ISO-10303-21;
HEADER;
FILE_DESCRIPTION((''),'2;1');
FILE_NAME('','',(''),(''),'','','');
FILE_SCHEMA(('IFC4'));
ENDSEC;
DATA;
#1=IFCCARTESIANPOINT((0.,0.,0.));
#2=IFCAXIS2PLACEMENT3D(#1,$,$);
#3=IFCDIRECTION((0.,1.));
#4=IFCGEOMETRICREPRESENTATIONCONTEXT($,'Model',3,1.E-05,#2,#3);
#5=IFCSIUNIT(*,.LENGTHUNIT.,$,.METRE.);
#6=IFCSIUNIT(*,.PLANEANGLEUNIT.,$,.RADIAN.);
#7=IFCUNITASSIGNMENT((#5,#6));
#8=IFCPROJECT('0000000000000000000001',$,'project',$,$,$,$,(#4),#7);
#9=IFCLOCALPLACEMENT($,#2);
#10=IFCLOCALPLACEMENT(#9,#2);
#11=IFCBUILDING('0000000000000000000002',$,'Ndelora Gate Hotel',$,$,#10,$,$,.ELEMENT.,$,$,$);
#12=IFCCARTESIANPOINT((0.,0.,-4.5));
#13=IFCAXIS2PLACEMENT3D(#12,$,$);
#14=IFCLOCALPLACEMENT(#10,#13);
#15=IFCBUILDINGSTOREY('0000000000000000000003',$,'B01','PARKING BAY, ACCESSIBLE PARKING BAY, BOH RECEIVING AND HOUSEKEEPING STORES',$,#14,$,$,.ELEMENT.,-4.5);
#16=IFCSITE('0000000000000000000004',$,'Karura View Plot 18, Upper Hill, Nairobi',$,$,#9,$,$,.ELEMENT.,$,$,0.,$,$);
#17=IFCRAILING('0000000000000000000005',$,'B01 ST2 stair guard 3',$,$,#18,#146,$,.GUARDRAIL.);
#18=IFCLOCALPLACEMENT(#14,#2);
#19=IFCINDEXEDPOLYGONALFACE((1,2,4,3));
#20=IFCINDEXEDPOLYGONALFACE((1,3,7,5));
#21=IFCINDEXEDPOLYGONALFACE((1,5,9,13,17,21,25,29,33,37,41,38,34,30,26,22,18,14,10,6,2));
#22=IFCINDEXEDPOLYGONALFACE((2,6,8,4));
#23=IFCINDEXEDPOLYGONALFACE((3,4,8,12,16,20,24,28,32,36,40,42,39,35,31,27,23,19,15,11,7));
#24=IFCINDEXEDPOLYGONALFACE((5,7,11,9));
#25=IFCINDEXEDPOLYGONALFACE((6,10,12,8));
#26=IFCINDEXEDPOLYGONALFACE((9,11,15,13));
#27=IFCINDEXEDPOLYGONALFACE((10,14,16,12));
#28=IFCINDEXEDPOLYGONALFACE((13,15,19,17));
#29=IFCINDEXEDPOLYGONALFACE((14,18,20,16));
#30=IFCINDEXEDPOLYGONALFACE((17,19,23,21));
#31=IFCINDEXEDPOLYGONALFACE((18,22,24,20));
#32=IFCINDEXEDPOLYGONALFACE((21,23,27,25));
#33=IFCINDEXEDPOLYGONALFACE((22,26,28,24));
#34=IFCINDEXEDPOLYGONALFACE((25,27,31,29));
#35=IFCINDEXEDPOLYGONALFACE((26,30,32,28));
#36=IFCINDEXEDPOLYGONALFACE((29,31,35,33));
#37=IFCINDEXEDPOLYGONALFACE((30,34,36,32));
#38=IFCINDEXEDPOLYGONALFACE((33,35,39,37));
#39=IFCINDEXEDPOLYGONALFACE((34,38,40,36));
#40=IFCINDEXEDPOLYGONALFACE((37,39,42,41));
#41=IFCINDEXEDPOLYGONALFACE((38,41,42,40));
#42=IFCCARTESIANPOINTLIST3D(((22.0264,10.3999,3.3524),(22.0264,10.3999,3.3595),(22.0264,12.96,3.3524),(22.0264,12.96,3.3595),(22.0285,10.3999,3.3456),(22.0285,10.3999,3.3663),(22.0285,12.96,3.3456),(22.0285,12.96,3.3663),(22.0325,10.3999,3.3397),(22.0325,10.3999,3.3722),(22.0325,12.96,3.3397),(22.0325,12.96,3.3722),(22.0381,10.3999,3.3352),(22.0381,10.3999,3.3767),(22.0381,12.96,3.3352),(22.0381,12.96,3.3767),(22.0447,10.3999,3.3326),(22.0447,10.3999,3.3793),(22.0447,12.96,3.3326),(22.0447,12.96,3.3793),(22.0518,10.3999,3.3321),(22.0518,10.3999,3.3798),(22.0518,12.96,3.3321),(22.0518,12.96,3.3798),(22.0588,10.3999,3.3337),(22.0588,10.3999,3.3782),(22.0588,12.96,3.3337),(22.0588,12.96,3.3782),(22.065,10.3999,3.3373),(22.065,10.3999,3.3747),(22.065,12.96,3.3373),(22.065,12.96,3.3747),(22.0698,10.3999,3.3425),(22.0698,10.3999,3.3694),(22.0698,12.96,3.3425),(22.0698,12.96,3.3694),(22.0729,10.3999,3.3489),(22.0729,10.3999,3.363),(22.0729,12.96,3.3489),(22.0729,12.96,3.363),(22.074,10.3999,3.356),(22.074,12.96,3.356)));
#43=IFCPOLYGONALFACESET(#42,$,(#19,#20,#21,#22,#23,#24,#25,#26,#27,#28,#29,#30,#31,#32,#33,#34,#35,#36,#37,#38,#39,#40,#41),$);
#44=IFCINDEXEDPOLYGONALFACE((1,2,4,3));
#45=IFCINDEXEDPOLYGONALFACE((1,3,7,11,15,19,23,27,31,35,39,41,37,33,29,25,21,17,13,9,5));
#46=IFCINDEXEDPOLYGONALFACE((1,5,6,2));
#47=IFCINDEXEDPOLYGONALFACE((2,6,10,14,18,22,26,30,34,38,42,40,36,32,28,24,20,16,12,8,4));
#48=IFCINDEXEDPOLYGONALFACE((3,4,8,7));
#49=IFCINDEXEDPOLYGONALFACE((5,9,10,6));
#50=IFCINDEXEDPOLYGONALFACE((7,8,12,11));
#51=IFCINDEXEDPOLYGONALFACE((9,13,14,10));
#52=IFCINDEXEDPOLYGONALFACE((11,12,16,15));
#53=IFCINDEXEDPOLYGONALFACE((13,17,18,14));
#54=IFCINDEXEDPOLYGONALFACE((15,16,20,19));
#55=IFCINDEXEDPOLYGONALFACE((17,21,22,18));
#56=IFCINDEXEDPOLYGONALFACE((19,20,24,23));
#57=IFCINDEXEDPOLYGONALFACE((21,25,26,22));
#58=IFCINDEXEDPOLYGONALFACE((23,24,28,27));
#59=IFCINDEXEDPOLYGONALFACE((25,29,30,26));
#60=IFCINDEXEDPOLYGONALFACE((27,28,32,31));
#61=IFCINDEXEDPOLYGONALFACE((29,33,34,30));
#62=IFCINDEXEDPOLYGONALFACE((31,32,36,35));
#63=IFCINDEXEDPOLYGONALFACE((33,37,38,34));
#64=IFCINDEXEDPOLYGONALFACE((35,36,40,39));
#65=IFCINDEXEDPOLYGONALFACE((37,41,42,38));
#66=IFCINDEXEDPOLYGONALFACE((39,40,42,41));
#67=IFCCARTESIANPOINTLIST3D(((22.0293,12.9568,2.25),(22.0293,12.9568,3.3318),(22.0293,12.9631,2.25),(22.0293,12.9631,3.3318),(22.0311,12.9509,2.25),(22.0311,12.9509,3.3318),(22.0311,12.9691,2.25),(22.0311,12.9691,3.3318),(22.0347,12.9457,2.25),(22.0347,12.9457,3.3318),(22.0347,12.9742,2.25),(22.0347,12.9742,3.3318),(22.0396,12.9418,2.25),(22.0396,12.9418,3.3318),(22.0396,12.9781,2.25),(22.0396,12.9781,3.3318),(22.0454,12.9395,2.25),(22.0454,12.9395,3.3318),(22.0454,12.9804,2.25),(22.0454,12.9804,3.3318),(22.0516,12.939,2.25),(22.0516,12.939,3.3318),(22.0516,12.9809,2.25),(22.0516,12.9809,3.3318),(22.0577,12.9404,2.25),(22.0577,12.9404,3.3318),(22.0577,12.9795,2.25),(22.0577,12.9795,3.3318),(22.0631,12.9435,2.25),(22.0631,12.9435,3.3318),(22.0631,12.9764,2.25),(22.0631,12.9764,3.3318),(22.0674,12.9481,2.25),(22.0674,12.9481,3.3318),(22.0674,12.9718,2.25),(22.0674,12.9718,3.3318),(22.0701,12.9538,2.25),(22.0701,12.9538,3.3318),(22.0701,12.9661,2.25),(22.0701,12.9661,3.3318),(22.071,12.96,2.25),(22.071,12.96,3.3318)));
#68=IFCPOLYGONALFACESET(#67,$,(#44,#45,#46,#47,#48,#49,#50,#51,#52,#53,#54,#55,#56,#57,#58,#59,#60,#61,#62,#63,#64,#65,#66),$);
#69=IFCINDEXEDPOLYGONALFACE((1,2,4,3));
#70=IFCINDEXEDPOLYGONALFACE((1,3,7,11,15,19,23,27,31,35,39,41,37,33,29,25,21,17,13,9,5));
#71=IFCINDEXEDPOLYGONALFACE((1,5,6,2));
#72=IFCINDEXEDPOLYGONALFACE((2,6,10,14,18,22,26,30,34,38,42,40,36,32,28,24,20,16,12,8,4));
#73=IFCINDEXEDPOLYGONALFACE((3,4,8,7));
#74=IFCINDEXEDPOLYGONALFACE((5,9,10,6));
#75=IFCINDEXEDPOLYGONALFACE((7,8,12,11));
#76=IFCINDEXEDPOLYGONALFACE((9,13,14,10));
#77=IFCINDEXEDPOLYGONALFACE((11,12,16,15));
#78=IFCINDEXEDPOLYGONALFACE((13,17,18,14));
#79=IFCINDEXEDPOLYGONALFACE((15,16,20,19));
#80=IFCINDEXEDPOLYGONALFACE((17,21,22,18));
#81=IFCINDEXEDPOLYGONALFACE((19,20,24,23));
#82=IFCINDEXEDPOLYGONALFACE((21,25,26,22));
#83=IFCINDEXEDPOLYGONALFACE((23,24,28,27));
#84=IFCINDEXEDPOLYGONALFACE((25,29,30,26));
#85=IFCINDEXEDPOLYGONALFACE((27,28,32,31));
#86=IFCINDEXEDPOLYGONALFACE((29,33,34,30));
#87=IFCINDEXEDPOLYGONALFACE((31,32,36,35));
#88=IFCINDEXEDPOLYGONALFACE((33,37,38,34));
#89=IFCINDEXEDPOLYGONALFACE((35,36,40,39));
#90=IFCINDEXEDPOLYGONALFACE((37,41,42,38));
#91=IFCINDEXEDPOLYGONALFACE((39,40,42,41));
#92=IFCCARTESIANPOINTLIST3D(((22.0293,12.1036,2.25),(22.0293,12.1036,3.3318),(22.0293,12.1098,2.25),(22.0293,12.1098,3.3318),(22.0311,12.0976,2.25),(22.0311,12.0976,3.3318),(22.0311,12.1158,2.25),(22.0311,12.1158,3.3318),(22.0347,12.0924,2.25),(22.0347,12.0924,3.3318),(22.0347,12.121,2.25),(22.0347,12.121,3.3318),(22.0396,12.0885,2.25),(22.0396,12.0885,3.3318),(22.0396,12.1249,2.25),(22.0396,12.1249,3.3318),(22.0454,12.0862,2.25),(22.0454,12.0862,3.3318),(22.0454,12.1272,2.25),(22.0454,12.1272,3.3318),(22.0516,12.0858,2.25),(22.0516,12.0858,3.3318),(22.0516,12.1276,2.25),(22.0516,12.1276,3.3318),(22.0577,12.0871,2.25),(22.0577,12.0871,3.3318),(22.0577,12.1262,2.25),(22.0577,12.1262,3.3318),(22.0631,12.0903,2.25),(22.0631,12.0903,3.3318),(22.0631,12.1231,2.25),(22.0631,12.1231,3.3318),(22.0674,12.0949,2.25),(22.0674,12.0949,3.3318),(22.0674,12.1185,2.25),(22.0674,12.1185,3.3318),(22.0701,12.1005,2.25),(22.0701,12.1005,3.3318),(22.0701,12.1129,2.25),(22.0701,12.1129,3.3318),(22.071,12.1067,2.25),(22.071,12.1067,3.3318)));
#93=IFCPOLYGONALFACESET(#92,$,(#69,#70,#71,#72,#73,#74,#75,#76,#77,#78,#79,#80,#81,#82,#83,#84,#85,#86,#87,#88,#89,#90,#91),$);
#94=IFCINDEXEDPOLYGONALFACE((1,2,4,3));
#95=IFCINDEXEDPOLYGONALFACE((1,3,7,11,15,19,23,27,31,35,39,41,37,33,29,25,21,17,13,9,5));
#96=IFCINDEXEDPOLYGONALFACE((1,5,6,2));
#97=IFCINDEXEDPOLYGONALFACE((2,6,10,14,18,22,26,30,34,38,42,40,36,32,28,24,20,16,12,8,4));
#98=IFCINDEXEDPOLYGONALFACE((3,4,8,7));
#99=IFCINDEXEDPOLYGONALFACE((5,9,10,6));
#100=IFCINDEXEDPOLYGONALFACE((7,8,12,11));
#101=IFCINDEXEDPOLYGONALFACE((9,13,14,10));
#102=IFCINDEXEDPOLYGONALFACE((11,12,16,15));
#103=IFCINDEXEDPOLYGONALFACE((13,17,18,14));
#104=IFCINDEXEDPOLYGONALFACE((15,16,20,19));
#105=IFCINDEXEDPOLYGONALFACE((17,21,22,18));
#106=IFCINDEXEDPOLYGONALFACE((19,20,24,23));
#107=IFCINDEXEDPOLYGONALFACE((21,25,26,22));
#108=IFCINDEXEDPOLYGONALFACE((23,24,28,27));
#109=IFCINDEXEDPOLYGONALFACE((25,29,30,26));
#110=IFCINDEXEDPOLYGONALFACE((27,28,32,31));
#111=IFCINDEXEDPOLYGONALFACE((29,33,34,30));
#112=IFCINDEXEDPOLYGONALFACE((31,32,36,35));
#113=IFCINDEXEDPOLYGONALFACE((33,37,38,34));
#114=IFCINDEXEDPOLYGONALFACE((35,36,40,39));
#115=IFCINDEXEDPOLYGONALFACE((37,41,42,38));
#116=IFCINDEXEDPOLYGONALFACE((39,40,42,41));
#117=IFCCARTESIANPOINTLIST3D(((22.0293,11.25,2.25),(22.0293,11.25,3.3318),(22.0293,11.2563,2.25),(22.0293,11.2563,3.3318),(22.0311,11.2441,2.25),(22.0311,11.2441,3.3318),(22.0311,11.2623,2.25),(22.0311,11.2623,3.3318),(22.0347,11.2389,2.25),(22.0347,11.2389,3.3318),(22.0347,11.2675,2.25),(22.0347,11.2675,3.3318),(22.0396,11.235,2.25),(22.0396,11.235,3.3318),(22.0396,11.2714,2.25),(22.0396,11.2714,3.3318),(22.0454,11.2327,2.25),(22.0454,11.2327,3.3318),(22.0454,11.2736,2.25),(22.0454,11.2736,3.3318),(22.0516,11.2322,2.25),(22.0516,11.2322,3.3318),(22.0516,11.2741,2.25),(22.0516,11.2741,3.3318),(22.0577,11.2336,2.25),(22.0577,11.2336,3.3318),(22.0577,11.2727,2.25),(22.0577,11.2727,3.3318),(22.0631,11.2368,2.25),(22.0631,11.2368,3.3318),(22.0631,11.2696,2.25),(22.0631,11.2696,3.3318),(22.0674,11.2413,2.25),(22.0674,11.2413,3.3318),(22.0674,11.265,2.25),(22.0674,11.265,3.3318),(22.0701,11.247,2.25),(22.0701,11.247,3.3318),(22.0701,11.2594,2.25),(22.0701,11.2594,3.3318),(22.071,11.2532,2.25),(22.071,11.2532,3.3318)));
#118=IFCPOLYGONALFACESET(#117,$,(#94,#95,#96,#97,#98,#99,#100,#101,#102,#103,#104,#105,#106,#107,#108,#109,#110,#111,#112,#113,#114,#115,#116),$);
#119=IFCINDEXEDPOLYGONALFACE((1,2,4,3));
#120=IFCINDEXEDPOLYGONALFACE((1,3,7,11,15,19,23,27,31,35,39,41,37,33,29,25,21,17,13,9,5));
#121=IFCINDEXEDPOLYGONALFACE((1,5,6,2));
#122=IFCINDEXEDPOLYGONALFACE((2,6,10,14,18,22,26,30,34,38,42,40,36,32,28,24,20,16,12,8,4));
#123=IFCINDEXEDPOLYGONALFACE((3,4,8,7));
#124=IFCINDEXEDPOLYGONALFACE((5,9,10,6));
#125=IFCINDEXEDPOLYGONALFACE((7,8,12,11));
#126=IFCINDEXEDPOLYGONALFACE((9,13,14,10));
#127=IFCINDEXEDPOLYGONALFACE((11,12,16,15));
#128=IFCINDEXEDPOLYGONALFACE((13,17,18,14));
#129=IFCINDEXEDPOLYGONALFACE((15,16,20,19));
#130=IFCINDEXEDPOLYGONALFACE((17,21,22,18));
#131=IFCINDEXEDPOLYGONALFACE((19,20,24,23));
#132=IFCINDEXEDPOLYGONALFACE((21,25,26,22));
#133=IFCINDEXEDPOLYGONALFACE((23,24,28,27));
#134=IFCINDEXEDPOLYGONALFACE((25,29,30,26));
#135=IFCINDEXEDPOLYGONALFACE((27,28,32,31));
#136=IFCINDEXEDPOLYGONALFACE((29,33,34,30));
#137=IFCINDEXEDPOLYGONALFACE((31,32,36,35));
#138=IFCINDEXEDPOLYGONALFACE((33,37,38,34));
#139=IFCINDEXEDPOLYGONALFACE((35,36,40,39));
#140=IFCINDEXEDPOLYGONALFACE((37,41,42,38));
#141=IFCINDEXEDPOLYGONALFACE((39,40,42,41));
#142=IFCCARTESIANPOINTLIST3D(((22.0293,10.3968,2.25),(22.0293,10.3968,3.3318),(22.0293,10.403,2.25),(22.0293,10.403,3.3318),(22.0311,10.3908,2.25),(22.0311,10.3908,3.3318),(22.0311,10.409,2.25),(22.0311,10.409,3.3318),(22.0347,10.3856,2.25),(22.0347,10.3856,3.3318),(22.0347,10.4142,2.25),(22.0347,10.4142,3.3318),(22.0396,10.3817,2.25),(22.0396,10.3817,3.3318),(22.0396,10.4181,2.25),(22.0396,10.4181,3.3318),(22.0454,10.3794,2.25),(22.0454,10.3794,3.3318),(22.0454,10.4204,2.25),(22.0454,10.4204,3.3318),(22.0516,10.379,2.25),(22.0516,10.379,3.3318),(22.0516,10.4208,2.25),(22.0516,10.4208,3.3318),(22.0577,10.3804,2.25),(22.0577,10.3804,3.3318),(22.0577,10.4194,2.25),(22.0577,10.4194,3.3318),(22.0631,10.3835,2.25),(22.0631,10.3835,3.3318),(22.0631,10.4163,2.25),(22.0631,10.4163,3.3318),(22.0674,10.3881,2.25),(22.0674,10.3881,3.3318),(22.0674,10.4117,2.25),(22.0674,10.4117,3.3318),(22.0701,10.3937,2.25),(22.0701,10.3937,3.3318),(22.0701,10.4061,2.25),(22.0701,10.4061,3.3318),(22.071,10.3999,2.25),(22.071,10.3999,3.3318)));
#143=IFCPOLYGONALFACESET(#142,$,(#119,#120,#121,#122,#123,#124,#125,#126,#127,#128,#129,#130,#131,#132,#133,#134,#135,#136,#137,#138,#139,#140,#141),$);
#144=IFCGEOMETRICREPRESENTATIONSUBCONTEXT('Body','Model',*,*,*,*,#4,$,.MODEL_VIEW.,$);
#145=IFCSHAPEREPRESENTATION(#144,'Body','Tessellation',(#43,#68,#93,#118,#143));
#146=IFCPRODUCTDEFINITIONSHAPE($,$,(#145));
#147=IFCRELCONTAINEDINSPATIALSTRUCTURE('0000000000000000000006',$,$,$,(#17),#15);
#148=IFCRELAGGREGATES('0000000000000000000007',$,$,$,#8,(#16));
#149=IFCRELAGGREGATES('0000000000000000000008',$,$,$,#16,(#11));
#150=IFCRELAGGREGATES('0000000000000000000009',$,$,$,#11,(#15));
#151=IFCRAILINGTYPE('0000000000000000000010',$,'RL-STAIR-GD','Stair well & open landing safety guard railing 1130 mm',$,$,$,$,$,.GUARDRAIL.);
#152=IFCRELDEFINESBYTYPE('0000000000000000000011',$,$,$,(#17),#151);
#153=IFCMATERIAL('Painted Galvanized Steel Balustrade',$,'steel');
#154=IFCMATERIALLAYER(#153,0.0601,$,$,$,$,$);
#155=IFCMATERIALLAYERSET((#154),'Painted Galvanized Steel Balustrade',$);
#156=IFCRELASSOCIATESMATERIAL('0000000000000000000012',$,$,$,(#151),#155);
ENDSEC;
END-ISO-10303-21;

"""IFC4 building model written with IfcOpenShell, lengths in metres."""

from ifc_helpers import new_model, si_unit, direction, frame, origin, origin_2d, place, context, subcontext, project, spatial, circle, extrude, material, layer, layer_set, type_object, element, save


model = new_model("IFC4")

# Units and contexts
model_context = context("Model", 3, precision=1e-05, world=origin(), true_north=direction((0.0, 1.0)))
body_context = subcontext(model_context, "Body", "Model", "MODEL_VIEW")
ifc_project = project(units=[si_unit("LENGTHUNIT", "METRE"), si_unit("PLANEANGLEUNIT", "RADIAN")], contexts=[model_context])

# Site, building, storey
site_placement = place(None, origin())
site = spatial("IfcSite", under=ifc_project, at=site_placement, Name="Karura View Plot 18, Upper Hill, Nairobi", CompositionType="ELEMENT", RefElevation=0.0)
building_placement = place(site_placement, origin())
building = spatial("IfcBuilding", under=site, at=building_placement, Name="Ndelora Gate Hotel", CompositionType="ELEMENT")
storey_placement = place(building_placement, frame((0.0, 0.0, -4.5)))
storey = spatial("IfcBuildingStorey", under=building, at=storey_placement, Name="B01", Description="PARKING BAY, ACCESSIBLE PARKING BAY, BOH RECEIVING AND HOUSEKEEPING STORES", CompositionType="ELEMENT", Elevation=-4.5)

# Railing
ifc_material_1 = material(Name="Painted Galvanized Steel Balustrade", Category="steel")
ifc_layer_1 = layer(ifc_material_1, 0.0601)
ifc_layer_set_1 = layer_set([ifc_layer_1], Name="Painted Galvanized Steel Balustrade")
railing_type_1 = type_object("IfcRailingType", Name="RL-STAIR-GD", Description="Stair well & open landing safety guard railing 1130 mm", PredefinedType="GUARDRAIL", material=ifc_layer_set_1)
for number, where, name in (
    (1, (22.05, 12.96, 2.25), "B01 ST2 stair guard 3"),
):
    element("IfcRailing", number, at=place(storey_placement, frame(where)), inside=storey, type_object=railing_type_1, Name=name, PredefinedType="GUARDRAIL", context=body_context, shape_type="SweptSolid", body=[
        extrude(circle(Radius=0.0239, at=origin_2d()), frame((0.0, 0.0, 1.106), z_axis=(0.0, -1.0, 0.0), x_axis=(1.0, 0.0, 0.0)), (0.0, 0.0, 1.0), 2.5601),
        extrude(circle(Radius=0.021, at=origin_2d()), origin(), (0.0, 0.0, 1.0), 1.0818),
        extrude(circle(Radius=0.021, at=origin_2d()), frame((0.0, -0.8533, 0.0)), (0.0, 0.0, 1.0), 1.0818),
        extrude(circle(Radius=0.021, at=origin_2d()), frame((0.0, -1.7068, 0.0)), (0.0, 0.0, 1.0), 1.0818),
        extrude(circle(Radius=0.021, at=origin_2d()), frame((0.0, -2.5601, 0.0)), (0.0, 0.0, 1.0), 1.0818),
    ])

save(model, "model.ifc")
